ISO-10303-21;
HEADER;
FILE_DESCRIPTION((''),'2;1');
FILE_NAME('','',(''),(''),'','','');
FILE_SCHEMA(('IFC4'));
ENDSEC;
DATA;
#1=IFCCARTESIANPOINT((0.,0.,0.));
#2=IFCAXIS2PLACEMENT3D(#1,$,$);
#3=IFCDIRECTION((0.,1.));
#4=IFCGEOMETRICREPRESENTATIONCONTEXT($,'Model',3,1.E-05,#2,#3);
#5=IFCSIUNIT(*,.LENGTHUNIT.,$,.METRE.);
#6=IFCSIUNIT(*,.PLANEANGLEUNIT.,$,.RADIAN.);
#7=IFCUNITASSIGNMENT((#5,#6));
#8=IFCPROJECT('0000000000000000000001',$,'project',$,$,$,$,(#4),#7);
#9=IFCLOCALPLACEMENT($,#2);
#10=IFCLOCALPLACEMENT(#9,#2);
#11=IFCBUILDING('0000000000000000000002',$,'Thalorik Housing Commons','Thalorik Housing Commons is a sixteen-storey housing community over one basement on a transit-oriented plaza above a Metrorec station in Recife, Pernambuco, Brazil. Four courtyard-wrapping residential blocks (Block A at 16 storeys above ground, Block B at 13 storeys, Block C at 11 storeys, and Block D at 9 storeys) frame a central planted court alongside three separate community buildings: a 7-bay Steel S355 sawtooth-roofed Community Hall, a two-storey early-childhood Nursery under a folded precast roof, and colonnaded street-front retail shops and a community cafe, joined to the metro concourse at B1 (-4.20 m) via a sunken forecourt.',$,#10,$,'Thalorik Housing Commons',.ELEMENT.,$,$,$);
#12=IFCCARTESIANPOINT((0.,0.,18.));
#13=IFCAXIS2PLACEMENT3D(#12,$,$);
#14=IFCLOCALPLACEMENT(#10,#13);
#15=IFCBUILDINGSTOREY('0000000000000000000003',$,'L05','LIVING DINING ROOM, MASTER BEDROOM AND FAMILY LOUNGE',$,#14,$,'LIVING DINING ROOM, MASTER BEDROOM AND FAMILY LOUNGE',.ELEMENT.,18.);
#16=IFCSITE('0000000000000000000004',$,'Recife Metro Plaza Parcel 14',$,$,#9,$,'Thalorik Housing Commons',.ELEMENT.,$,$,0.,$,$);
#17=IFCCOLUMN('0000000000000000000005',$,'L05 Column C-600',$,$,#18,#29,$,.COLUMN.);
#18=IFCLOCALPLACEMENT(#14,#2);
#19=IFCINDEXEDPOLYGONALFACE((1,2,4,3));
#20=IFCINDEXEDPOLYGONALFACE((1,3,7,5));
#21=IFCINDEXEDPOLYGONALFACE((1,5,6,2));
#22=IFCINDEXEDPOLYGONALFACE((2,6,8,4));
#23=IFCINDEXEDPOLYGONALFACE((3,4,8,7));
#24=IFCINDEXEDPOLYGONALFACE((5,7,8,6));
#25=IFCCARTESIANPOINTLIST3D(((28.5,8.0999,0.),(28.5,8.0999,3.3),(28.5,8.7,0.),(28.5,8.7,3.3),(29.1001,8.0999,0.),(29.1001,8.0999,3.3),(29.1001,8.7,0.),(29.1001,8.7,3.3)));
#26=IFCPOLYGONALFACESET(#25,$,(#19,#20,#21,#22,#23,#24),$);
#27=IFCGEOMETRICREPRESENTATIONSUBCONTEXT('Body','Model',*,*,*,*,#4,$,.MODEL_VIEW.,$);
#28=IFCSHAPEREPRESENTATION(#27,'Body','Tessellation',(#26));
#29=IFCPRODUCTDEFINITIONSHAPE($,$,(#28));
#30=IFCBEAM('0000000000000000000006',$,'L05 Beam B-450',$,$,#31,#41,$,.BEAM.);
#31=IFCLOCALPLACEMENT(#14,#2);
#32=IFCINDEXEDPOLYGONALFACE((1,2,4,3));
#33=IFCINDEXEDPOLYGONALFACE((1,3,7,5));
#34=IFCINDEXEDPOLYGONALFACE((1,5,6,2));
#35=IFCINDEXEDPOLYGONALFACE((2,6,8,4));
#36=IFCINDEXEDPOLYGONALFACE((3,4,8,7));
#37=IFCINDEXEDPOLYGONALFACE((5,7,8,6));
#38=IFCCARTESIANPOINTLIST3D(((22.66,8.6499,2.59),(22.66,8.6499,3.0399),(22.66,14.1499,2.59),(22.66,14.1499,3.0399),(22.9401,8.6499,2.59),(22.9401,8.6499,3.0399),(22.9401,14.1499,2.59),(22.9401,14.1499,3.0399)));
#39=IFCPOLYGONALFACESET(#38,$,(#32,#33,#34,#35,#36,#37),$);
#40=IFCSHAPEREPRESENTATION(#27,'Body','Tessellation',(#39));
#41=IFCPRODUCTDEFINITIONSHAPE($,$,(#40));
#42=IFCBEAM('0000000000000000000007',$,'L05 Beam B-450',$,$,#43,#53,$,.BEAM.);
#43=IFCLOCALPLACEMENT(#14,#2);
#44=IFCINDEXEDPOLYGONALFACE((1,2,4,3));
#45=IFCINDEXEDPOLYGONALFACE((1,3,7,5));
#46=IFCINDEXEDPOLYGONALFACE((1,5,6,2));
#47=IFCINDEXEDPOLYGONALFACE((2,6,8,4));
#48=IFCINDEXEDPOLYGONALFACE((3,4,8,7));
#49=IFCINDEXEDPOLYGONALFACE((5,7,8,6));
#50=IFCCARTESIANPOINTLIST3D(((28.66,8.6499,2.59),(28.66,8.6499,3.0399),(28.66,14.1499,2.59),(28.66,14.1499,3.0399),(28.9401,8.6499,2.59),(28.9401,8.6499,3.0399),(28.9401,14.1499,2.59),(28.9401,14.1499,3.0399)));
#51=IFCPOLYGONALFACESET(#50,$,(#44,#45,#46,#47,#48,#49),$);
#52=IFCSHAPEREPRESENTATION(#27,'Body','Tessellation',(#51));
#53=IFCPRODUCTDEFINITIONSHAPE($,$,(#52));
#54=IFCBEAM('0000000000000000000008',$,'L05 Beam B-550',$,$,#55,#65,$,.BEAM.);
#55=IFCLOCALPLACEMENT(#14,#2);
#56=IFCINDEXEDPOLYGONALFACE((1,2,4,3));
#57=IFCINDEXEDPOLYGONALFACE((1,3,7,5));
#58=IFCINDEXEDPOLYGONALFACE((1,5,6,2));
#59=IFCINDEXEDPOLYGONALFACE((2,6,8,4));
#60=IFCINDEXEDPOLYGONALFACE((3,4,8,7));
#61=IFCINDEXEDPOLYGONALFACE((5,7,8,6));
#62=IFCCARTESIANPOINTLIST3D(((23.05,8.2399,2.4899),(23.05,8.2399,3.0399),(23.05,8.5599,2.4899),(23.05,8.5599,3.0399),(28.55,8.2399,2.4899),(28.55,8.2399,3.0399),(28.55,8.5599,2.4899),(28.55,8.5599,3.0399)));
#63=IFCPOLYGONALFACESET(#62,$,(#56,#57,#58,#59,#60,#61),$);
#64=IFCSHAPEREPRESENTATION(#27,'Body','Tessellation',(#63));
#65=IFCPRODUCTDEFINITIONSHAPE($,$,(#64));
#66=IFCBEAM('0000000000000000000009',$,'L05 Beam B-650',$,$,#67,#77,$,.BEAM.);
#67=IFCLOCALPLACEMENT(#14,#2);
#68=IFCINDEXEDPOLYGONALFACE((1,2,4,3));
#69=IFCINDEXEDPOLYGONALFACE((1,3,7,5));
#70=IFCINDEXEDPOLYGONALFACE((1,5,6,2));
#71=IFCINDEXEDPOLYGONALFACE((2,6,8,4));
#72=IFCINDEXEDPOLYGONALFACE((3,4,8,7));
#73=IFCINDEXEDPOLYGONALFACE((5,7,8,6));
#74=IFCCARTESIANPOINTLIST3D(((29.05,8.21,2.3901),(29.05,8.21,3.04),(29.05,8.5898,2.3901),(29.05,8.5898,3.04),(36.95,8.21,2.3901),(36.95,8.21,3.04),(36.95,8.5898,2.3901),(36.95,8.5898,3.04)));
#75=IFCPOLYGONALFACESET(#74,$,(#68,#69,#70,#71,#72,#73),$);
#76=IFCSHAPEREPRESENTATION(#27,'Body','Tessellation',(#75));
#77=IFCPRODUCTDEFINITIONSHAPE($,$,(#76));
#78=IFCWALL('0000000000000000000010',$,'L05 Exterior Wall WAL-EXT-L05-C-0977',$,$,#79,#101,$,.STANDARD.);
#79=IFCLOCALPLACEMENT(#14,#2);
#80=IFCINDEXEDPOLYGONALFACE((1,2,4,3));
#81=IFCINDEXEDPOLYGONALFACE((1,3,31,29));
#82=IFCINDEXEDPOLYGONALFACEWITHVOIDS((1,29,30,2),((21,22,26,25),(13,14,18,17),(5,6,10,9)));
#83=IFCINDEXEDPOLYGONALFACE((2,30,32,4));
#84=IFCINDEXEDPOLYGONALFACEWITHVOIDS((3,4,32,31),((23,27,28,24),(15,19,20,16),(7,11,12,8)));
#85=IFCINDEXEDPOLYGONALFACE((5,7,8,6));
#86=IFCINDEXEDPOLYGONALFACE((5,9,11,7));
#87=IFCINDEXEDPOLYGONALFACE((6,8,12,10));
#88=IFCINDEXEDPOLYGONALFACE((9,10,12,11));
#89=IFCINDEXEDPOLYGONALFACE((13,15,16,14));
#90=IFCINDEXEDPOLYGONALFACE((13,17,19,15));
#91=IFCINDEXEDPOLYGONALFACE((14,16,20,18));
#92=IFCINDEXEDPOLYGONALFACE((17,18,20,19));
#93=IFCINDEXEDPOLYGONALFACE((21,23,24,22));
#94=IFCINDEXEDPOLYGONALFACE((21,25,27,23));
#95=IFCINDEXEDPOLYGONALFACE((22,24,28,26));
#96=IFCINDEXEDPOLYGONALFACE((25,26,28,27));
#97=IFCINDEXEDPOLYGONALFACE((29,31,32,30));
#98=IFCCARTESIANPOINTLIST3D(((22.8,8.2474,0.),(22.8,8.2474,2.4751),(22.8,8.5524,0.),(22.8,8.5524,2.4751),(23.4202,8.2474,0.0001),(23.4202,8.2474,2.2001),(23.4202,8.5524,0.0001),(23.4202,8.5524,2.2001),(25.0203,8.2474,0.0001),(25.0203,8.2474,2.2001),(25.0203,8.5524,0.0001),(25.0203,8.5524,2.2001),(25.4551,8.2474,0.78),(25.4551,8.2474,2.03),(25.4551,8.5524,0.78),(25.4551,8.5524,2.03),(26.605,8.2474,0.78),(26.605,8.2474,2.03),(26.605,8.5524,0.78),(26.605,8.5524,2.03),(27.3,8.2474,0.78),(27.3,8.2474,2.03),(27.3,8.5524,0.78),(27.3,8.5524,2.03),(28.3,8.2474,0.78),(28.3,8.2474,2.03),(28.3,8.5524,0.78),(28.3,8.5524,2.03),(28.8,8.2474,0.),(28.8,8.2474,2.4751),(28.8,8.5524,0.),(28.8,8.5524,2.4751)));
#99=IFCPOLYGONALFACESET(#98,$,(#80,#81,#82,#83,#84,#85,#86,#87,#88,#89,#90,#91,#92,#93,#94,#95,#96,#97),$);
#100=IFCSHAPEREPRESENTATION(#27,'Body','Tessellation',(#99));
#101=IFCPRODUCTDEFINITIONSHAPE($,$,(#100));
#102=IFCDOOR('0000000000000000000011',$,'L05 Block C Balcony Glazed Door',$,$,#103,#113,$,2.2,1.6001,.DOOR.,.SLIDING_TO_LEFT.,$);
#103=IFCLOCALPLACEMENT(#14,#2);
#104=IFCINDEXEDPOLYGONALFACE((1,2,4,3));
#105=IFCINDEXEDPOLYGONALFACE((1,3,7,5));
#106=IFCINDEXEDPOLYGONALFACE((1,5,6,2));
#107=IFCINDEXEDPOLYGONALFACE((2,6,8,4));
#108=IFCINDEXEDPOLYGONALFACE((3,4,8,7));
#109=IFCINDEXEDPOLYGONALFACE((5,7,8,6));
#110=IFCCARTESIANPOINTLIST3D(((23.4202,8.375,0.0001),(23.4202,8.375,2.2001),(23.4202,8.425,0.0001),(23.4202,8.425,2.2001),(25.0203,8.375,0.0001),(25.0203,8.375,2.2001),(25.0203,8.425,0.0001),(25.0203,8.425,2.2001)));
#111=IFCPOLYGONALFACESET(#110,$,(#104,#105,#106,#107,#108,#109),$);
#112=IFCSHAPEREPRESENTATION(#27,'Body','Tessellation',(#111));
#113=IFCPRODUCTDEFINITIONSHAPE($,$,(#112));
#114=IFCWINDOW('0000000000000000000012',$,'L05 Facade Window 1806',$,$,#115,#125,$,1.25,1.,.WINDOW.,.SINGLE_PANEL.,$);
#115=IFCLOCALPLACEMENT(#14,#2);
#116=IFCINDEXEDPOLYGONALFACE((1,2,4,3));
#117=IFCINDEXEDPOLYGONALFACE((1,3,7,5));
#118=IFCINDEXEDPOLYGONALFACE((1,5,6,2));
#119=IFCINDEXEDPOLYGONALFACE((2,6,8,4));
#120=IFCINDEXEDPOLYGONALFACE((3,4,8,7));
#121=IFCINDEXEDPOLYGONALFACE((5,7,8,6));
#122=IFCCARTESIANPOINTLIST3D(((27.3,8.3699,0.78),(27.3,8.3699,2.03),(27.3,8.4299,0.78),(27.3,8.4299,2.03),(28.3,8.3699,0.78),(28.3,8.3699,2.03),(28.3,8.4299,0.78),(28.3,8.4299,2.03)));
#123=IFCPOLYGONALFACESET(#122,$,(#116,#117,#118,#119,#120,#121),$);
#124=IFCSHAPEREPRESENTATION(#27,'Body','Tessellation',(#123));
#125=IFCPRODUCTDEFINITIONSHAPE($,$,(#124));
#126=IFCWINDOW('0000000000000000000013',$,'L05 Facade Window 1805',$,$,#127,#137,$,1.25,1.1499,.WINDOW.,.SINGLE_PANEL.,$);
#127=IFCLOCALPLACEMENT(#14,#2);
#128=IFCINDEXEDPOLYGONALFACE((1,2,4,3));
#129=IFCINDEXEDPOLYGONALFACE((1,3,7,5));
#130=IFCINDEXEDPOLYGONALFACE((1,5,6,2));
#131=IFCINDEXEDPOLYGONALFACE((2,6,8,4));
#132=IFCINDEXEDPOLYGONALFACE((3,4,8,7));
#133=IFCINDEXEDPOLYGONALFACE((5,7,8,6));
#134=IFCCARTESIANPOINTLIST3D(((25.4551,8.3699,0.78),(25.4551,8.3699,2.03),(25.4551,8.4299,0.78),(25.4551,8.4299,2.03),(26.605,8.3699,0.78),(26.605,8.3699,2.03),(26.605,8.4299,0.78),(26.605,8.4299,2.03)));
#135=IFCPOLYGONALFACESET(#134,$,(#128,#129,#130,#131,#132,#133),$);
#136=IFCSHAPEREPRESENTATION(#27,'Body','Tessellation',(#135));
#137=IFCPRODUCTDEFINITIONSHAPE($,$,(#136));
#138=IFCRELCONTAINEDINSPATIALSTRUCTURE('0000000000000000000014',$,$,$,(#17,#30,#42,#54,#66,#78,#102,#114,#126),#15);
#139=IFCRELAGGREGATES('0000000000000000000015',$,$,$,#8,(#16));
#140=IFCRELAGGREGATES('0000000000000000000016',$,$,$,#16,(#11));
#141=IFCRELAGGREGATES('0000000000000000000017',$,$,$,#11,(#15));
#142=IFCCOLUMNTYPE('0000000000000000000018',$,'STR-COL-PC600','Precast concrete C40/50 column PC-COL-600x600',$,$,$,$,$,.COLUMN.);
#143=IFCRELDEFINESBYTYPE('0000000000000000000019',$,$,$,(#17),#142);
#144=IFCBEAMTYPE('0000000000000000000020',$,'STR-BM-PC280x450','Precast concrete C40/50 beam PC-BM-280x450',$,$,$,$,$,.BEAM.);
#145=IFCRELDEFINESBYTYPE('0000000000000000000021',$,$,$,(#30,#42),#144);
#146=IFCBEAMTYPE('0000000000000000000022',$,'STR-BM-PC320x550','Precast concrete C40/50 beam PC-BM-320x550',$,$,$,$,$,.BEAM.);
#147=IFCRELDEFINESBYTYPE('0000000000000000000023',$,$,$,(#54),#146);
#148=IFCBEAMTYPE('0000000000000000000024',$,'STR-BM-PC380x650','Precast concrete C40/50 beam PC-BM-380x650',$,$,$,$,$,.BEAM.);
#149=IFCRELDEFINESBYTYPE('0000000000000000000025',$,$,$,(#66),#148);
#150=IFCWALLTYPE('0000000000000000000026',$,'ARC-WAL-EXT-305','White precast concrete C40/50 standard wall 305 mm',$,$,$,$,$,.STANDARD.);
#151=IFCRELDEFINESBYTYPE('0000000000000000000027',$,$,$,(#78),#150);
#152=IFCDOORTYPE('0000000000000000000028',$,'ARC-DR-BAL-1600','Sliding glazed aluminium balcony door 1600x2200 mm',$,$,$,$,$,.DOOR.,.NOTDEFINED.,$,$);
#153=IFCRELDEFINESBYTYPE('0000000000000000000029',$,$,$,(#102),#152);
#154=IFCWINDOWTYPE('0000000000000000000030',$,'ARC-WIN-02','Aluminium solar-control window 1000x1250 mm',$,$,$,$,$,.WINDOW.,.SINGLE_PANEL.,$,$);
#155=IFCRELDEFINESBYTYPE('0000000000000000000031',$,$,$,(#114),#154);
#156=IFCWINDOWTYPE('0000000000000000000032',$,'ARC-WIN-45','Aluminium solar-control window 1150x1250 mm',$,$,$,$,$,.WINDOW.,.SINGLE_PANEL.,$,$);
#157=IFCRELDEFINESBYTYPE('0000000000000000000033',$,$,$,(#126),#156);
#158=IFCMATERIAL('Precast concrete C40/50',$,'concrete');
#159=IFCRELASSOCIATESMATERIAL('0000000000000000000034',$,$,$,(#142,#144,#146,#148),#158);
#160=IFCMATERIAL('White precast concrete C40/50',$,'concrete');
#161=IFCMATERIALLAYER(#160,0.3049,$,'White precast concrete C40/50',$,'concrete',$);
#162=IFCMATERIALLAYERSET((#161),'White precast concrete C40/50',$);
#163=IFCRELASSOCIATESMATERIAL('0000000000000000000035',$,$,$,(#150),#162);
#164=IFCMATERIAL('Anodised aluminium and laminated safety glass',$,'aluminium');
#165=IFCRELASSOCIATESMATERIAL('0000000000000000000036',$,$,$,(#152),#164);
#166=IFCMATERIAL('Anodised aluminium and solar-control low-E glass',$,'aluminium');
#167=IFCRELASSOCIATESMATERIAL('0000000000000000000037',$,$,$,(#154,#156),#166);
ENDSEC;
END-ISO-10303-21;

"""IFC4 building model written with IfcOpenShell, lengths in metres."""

from ifc_helpers import new_model, si_unit, direction, frame, frame_2d, origin, origin_2d, place, context, subcontext, project, spatial, rectangle, extrude, material, layer, layer_set, material_profile, profile_set, type_object, element, fill, save


model = new_model("IFC4")

# Units and contexts
model_context = context("Model", 3, precision=1e-05, world=origin(), true_north=direction((0.0, 1.0)))
body_context = subcontext(model_context, "Body", "Model", "MODEL_VIEW")
ifc_project = project(units=[si_unit("LENGTHUNIT", "METRE"), si_unit("PLANEANGLEUNIT", "RADIAN")], contexts=[model_context])

# Site, building, storey
site_placement = place(None, origin())
site = spatial("IfcSite", under=ifc_project, at=site_placement, Name="Recife Metro Plaza Parcel 14", LongName="Thalorik Housing Commons", CompositionType="ELEMENT", RefElevation=0.0)
building_placement = place(site_placement, origin())
building = spatial("IfcBuilding", under=site, at=building_placement, Name="Thalorik Housing Commons", Description="Thalorik Housing Commons is a sixteen-storey housing community over one basement on a transit-oriented plaza above a Metrorec station in Recife, Pernambuco, Brazil. Four courtyard-wrapping residential blocks (Block A at 16 storeys above ground, Block B at 13 storeys, Block C at 11 storeys, and Block D at 9 storeys) frame a central planted court alongside three separate community buildings: a 7-bay Steel S355 sawtooth-roofed Community Hall, a two-storey early-childhood Nursery under a folded precast roof, and colonnaded street-front retail shops and a community cafe, joined to the metro concourse at B1 (-4.20 m) via a sunken forecourt.", LongName="Thalorik Housing Commons", CompositionType="ELEMENT")
storey_placement = place(building_placement, frame((0.0, 0.0, 18.0)))
storey = spatial("IfcBuildingStorey", under=building, at=storey_placement, Name="L05", Description="LIVING DINING ROOM, MASTER BEDROOM AND FAMILY LOUNGE", LongName="LIVING DINING ROOM, MASTER BEDROOM AND FAMILY LOUNGE", CompositionType="ELEMENT", Elevation=18.0)

# Column
ifc_material_1 = material(Name="Precast concrete C40/50", Category="concrete")
ifc_material_profile_1 = material_profile(ifc_material_1, rectangle(XDim=0.6001, YDim=0.6001, at=origin_2d()), Name="PC 600x600", Category="concrete")
ifc_profile_set_1 = profile_set([ifc_material_profile_1], Name="Precast concrete C40/50")
column_type = type_object("IfcColumnType", Name="STR-COL-PC600", Description="Precast concrete C40/50 column PC-COL-600x600", PredefinedType="COLUMN", material=ifc_profile_set_1)
column_placement = place(storey_placement, frame((28.8, 8.3999, 0.0), z_axis=(0.0, 0.0, 1.0), x_axis=(1.0, 0.0, 0.0)))
element("IfcColumn", 1, at=column_placement, inside=storey, type_object=column_type, Name="L05 Column C-600", PredefinedType="COLUMN", context=body_context, shape_type="SweptSolid", body=[
    extrude(rectangle(XDim=0.6001, YDim=0.6001, at=origin_2d()), origin(), (0.0, 0.0, 1.0), 3.3),
])

# Beams
ifc_material_profile_2 = material_profile(ifc_material_1, rectangle(XDim=0.28, YDim=0.45, at=origin_2d()), Name="PC 280x450", Category="concrete")
ifc_profile_set_2 = profile_set([ifc_material_profile_2], Name="Precast concrete C40/50")
beam_type_1 = type_object("IfcBeamType", Name="STR-BM-PC280x450", Description="Precast concrete C40/50 beam PC-BM-280x450", PredefinedType="BEAM", material=ifc_profile_set_2)
for number, where, z_axis, x_axis, name in (
    (2, (22.8, 8.6499, 2.8149), (0.0, 1.0, 0.0), (-1.0, 0.0, 0.0), "L05 Beam B-450"),
    (3, (28.8, 8.6499, 2.8149), (0.0, 1.0, 0.0), (-1.0, 0.0, 0.0), "L05 Beam B-450"),
):
    element("IfcBeam", number, at=place(storey_placement, frame(where, z_axis=z_axis, x_axis=x_axis)), inside=storey, type_object=beam_type_1, Name=name, PredefinedType="BEAM", context=body_context, shape_type="SweptSolid", body=[
        extrude(rectangle(XDim=0.28, YDim=0.45, at=origin_2d()), origin(), (0.0, 0.0, 1.0), 5.5),
    ])
ifc_material_profile_3 = material_profile(ifc_material_1, rectangle(XDim=0.3201, YDim=0.55, at=origin_2d()), Name="PC 320x550", Category="concrete")
ifc_profile_set_3 = profile_set([ifc_material_profile_3], Name="Precast concrete C40/50")
beam_type_2 = type_object("IfcBeamType", Name="STR-BM-PC320x550", Description="Precast concrete C40/50 beam PC-BM-320x550", PredefinedType="BEAM", material=ifc_profile_set_3)
beam_1_placement = place(storey_placement, frame((23.05, 8.3999, 2.7649), z_axis=(1.0, 0.0, 0.0), x_axis=(0.0, 1.0, 0.0)))
element("IfcBeam", 4, at=beam_1_placement, inside=storey, type_object=beam_type_2, Name="L05 Beam B-550", PredefinedType="BEAM", context=body_context, shape_type="SweptSolid", body=[
    extrude(rectangle(XDim=0.3201, YDim=0.55, at=origin_2d()), origin(), (0.0, 0.0, 1.0), 5.5),
])
ifc_material_profile_4 = material_profile(ifc_material_1, rectangle(XDim=0.3799, YDim=0.6499, at=origin_2d()), Name="PC 380x650", Category="concrete")
ifc_profile_set_4 = profile_set([ifc_material_profile_4], Name="Precast concrete C40/50")
beam_type_3 = type_object("IfcBeamType", Name="STR-BM-PC380x650", Description="Precast concrete C40/50 beam PC-BM-380x650", PredefinedType="BEAM", material=ifc_profile_set_4)
beam_2_placement = place(storey_placement, frame((29.05, 8.3999, 2.7151), z_axis=(1.0, 0.0, 0.0), x_axis=(0.0, 1.0, 0.0)))
element("IfcBeam", 5, at=beam_2_placement, inside=storey, type_object=beam_type_3, Name="L05 Beam B-650", PredefinedType="BEAM", context=body_context, shape_type="SweptSolid", body=[
    extrude(rectangle(XDim=0.3799, YDim=0.6499, at=origin_2d()), origin(), (0.0, 0.0, 1.0), 7.8999),
])

# Wall, openings, door, windows
ifc_material_2 = material(Name="White precast concrete C40/50", Category="concrete")
ifc_layer_1 = layer(ifc_material_2, 0.3049, Name="White precast concrete C40/50", Category="concrete")
ifc_layer_set_1 = layer_set([ifc_layer_1], Name="White precast concrete C40/50")
wall_type_1 = type_object("IfcWallType", Name="ARC-WAL-EXT-305", Description="White precast concrete C40/50 standard wall 305 mm", PredefinedType="STANDARD", material=ifc_layer_set_1)
wall_1_placement = place(storey_placement, frame((22.8, 8.3999, 0.0), z_axis=(0.0, 0.0, 1.0), x_axis=(1.0, 0.0, 0.0)))
wall_1 = element("IfcWall", 6, at=wall_1_placement, inside=storey, type_object=wall_type_1, Name="L05 Exterior Wall WAL-EXT-L05-C-0977", PredefinedType="STANDARD", context=body_context, shape_type="SweptSolid", body=[
    extrude(rectangle(XDim=6.0, YDim=0.3049, at=frame_2d((3.0, 0.0))), origin(), (0.0, 0.0, 1.0), 2.4751),
])
opening_1_placement = place(wall_1_placement, frame((0.6201, 0.0, 0.0)))
opening_1 = element("IfcOpeningElement", 7, at=opening_1_placement, cuts=wall_1, PredefinedType="OPENING", context=body_context, shape_type="SweptSolid", body=[
    extrude(rectangle(XDim=1.6001, YDim=2.2, at=frame_2d((0.8, 1.1001))), frame((0.0, 0.1626, 0.0), z_axis=(0.0, -1.0, 0.0), x_axis=(1.0, 0.0, 0.0)), (0.0, 0.0, 1.0), 0.325),
])
opening_2_placement = place(wall_1_placement, frame((2.655, 0.0, 0.78)))
opening_2 = element("IfcOpeningElement", 8, at=opening_2_placement, cuts=wall_1, PredefinedType="OPENING", context=body_context, shape_type="SweptSolid", body=[
    extrude(rectangle(XDim=1.1499, YDim=1.25, at=frame_2d((0.575, 0.625))), frame((0.0, 0.1626, 0.0), z_axis=(0.0, -1.0, 0.0), x_axis=(1.0, 0.0, 0.0)), (0.0, 0.0, 1.0), 0.325),
])
opening_3_placement = place(wall_1_placement, frame((4.5, 0.0, 0.78)))
opening_3 = element("IfcOpeningElement", 9, at=opening_3_placement, cuts=wall_1, PredefinedType="OPENING", context=body_context, shape_type="SweptSolid", body=[
    extrude(rectangle(XDim=1.0, YDim=1.25, at=frame_2d((0.5, 0.625))), frame((0.0, 0.1626, 0.0), z_axis=(0.0, -1.0, 0.0), x_axis=(1.0, 0.0, 0.0)), (0.0, 0.0, 1.0), 0.325),
])
ifc_material_3 = material(Name="Anodised aluminium and laminated safety glass", Category="aluminium")
door_type_1 = type_object("IfcDoorType", Name="ARC-DR-BAL-1600", Description="Sliding glazed aluminium balcony door 1600x2200 mm", OperationType="NOTDEFINED", PredefinedType="DOOR", material=ifc_material_3)
door_1_placement = place(opening_1_placement, frame((1.6001, 0.0, 0.0), z_axis=(0.0, 0.0, 1.0), x_axis=(-1.0, 0.0, 0.0)))
door_1 = element("IfcDoor", 10, at=door_1_placement, inside=storey, type_object=door_type_1, Name="L05 Block C Balcony Glazed Door", OperationType="SLIDING_TO_LEFT", OverallHeight=2.2, OverallWidth=1.6001, PredefinedType="DOOR", context=body_context, shape_type="SweptSolid", body=[
    extrude(rectangle(XDim=1.6001, YDim=2.2, at=frame_2d((0.8, 1.1001))), frame((0.0, 0.0249, 0.0), z_axis=(0.0, -1.0, 0.0), x_axis=(1.0, 0.0, 0.0)), (0.0, 0.0, 1.0), 0.05),
])
fill(opening_1, door_1)
ifc_material_4 = material(Name="Anodised aluminium and solar-control low-E glass", Category="aluminium")
window_type_1 = type_object("IfcWindowType", Name="ARC-WIN-02", Description="Aluminium solar-control window 1000x1250 mm", PartitioningType="SINGLE_PANEL", PredefinedType="WINDOW", material=ifc_material_4)
window_1_placement = place(opening_3_placement, origin())
window_1 = element("IfcWindow", 11, at=window_1_placement, inside=storey, type_object=window_type_1, Name="L05 Facade Window 1806", OverallHeight=1.25, OverallWidth=1.0, PartitioningType="SINGLE_PANEL", PredefinedType="WINDOW", context=body_context, shape_type="SweptSolid", body=[
    extrude(rectangle(XDim=1.0, YDim=1.25, at=frame_2d((0.5, 0.625))), frame((0.0, 0.03, 0.0), z_axis=(0.0, -1.0, 0.0), x_axis=(1.0, 0.0, 0.0)), (0.0, 0.0, 1.0), 0.0601),
])
fill(opening_3, window_1)
window_type_2 = type_object("IfcWindowType", Name="ARC-WIN-45", Description="Aluminium solar-control window 1150x1250 mm", PartitioningType="SINGLE_PANEL", PredefinedType="WINDOW", material=ifc_material_4)
window_2_placement = place(opening_2_placement, origin())
window_2 = element("IfcWindow", 12, at=window_2_placement, inside=storey, type_object=window_type_2, Name="L05 Facade Window 1805", OverallHeight=1.25, OverallWidth=1.1499, PartitioningType="SINGLE_PANEL", PredefinedType="WINDOW", context=body_context, shape_type="SweptSolid", body=[
    extrude(rectangle(XDim=1.1499, YDim=1.25, at=frame_2d((0.575, 0.625))), frame((0.0, 0.03, 0.0), z_axis=(0.0, -1.0, 0.0), x_axis=(1.0, 0.0, 0.0)), (0.0, 0.0, 1.0), 0.0601),
])
fill(opening_2, window_2)

save(model, "model.ifc")
